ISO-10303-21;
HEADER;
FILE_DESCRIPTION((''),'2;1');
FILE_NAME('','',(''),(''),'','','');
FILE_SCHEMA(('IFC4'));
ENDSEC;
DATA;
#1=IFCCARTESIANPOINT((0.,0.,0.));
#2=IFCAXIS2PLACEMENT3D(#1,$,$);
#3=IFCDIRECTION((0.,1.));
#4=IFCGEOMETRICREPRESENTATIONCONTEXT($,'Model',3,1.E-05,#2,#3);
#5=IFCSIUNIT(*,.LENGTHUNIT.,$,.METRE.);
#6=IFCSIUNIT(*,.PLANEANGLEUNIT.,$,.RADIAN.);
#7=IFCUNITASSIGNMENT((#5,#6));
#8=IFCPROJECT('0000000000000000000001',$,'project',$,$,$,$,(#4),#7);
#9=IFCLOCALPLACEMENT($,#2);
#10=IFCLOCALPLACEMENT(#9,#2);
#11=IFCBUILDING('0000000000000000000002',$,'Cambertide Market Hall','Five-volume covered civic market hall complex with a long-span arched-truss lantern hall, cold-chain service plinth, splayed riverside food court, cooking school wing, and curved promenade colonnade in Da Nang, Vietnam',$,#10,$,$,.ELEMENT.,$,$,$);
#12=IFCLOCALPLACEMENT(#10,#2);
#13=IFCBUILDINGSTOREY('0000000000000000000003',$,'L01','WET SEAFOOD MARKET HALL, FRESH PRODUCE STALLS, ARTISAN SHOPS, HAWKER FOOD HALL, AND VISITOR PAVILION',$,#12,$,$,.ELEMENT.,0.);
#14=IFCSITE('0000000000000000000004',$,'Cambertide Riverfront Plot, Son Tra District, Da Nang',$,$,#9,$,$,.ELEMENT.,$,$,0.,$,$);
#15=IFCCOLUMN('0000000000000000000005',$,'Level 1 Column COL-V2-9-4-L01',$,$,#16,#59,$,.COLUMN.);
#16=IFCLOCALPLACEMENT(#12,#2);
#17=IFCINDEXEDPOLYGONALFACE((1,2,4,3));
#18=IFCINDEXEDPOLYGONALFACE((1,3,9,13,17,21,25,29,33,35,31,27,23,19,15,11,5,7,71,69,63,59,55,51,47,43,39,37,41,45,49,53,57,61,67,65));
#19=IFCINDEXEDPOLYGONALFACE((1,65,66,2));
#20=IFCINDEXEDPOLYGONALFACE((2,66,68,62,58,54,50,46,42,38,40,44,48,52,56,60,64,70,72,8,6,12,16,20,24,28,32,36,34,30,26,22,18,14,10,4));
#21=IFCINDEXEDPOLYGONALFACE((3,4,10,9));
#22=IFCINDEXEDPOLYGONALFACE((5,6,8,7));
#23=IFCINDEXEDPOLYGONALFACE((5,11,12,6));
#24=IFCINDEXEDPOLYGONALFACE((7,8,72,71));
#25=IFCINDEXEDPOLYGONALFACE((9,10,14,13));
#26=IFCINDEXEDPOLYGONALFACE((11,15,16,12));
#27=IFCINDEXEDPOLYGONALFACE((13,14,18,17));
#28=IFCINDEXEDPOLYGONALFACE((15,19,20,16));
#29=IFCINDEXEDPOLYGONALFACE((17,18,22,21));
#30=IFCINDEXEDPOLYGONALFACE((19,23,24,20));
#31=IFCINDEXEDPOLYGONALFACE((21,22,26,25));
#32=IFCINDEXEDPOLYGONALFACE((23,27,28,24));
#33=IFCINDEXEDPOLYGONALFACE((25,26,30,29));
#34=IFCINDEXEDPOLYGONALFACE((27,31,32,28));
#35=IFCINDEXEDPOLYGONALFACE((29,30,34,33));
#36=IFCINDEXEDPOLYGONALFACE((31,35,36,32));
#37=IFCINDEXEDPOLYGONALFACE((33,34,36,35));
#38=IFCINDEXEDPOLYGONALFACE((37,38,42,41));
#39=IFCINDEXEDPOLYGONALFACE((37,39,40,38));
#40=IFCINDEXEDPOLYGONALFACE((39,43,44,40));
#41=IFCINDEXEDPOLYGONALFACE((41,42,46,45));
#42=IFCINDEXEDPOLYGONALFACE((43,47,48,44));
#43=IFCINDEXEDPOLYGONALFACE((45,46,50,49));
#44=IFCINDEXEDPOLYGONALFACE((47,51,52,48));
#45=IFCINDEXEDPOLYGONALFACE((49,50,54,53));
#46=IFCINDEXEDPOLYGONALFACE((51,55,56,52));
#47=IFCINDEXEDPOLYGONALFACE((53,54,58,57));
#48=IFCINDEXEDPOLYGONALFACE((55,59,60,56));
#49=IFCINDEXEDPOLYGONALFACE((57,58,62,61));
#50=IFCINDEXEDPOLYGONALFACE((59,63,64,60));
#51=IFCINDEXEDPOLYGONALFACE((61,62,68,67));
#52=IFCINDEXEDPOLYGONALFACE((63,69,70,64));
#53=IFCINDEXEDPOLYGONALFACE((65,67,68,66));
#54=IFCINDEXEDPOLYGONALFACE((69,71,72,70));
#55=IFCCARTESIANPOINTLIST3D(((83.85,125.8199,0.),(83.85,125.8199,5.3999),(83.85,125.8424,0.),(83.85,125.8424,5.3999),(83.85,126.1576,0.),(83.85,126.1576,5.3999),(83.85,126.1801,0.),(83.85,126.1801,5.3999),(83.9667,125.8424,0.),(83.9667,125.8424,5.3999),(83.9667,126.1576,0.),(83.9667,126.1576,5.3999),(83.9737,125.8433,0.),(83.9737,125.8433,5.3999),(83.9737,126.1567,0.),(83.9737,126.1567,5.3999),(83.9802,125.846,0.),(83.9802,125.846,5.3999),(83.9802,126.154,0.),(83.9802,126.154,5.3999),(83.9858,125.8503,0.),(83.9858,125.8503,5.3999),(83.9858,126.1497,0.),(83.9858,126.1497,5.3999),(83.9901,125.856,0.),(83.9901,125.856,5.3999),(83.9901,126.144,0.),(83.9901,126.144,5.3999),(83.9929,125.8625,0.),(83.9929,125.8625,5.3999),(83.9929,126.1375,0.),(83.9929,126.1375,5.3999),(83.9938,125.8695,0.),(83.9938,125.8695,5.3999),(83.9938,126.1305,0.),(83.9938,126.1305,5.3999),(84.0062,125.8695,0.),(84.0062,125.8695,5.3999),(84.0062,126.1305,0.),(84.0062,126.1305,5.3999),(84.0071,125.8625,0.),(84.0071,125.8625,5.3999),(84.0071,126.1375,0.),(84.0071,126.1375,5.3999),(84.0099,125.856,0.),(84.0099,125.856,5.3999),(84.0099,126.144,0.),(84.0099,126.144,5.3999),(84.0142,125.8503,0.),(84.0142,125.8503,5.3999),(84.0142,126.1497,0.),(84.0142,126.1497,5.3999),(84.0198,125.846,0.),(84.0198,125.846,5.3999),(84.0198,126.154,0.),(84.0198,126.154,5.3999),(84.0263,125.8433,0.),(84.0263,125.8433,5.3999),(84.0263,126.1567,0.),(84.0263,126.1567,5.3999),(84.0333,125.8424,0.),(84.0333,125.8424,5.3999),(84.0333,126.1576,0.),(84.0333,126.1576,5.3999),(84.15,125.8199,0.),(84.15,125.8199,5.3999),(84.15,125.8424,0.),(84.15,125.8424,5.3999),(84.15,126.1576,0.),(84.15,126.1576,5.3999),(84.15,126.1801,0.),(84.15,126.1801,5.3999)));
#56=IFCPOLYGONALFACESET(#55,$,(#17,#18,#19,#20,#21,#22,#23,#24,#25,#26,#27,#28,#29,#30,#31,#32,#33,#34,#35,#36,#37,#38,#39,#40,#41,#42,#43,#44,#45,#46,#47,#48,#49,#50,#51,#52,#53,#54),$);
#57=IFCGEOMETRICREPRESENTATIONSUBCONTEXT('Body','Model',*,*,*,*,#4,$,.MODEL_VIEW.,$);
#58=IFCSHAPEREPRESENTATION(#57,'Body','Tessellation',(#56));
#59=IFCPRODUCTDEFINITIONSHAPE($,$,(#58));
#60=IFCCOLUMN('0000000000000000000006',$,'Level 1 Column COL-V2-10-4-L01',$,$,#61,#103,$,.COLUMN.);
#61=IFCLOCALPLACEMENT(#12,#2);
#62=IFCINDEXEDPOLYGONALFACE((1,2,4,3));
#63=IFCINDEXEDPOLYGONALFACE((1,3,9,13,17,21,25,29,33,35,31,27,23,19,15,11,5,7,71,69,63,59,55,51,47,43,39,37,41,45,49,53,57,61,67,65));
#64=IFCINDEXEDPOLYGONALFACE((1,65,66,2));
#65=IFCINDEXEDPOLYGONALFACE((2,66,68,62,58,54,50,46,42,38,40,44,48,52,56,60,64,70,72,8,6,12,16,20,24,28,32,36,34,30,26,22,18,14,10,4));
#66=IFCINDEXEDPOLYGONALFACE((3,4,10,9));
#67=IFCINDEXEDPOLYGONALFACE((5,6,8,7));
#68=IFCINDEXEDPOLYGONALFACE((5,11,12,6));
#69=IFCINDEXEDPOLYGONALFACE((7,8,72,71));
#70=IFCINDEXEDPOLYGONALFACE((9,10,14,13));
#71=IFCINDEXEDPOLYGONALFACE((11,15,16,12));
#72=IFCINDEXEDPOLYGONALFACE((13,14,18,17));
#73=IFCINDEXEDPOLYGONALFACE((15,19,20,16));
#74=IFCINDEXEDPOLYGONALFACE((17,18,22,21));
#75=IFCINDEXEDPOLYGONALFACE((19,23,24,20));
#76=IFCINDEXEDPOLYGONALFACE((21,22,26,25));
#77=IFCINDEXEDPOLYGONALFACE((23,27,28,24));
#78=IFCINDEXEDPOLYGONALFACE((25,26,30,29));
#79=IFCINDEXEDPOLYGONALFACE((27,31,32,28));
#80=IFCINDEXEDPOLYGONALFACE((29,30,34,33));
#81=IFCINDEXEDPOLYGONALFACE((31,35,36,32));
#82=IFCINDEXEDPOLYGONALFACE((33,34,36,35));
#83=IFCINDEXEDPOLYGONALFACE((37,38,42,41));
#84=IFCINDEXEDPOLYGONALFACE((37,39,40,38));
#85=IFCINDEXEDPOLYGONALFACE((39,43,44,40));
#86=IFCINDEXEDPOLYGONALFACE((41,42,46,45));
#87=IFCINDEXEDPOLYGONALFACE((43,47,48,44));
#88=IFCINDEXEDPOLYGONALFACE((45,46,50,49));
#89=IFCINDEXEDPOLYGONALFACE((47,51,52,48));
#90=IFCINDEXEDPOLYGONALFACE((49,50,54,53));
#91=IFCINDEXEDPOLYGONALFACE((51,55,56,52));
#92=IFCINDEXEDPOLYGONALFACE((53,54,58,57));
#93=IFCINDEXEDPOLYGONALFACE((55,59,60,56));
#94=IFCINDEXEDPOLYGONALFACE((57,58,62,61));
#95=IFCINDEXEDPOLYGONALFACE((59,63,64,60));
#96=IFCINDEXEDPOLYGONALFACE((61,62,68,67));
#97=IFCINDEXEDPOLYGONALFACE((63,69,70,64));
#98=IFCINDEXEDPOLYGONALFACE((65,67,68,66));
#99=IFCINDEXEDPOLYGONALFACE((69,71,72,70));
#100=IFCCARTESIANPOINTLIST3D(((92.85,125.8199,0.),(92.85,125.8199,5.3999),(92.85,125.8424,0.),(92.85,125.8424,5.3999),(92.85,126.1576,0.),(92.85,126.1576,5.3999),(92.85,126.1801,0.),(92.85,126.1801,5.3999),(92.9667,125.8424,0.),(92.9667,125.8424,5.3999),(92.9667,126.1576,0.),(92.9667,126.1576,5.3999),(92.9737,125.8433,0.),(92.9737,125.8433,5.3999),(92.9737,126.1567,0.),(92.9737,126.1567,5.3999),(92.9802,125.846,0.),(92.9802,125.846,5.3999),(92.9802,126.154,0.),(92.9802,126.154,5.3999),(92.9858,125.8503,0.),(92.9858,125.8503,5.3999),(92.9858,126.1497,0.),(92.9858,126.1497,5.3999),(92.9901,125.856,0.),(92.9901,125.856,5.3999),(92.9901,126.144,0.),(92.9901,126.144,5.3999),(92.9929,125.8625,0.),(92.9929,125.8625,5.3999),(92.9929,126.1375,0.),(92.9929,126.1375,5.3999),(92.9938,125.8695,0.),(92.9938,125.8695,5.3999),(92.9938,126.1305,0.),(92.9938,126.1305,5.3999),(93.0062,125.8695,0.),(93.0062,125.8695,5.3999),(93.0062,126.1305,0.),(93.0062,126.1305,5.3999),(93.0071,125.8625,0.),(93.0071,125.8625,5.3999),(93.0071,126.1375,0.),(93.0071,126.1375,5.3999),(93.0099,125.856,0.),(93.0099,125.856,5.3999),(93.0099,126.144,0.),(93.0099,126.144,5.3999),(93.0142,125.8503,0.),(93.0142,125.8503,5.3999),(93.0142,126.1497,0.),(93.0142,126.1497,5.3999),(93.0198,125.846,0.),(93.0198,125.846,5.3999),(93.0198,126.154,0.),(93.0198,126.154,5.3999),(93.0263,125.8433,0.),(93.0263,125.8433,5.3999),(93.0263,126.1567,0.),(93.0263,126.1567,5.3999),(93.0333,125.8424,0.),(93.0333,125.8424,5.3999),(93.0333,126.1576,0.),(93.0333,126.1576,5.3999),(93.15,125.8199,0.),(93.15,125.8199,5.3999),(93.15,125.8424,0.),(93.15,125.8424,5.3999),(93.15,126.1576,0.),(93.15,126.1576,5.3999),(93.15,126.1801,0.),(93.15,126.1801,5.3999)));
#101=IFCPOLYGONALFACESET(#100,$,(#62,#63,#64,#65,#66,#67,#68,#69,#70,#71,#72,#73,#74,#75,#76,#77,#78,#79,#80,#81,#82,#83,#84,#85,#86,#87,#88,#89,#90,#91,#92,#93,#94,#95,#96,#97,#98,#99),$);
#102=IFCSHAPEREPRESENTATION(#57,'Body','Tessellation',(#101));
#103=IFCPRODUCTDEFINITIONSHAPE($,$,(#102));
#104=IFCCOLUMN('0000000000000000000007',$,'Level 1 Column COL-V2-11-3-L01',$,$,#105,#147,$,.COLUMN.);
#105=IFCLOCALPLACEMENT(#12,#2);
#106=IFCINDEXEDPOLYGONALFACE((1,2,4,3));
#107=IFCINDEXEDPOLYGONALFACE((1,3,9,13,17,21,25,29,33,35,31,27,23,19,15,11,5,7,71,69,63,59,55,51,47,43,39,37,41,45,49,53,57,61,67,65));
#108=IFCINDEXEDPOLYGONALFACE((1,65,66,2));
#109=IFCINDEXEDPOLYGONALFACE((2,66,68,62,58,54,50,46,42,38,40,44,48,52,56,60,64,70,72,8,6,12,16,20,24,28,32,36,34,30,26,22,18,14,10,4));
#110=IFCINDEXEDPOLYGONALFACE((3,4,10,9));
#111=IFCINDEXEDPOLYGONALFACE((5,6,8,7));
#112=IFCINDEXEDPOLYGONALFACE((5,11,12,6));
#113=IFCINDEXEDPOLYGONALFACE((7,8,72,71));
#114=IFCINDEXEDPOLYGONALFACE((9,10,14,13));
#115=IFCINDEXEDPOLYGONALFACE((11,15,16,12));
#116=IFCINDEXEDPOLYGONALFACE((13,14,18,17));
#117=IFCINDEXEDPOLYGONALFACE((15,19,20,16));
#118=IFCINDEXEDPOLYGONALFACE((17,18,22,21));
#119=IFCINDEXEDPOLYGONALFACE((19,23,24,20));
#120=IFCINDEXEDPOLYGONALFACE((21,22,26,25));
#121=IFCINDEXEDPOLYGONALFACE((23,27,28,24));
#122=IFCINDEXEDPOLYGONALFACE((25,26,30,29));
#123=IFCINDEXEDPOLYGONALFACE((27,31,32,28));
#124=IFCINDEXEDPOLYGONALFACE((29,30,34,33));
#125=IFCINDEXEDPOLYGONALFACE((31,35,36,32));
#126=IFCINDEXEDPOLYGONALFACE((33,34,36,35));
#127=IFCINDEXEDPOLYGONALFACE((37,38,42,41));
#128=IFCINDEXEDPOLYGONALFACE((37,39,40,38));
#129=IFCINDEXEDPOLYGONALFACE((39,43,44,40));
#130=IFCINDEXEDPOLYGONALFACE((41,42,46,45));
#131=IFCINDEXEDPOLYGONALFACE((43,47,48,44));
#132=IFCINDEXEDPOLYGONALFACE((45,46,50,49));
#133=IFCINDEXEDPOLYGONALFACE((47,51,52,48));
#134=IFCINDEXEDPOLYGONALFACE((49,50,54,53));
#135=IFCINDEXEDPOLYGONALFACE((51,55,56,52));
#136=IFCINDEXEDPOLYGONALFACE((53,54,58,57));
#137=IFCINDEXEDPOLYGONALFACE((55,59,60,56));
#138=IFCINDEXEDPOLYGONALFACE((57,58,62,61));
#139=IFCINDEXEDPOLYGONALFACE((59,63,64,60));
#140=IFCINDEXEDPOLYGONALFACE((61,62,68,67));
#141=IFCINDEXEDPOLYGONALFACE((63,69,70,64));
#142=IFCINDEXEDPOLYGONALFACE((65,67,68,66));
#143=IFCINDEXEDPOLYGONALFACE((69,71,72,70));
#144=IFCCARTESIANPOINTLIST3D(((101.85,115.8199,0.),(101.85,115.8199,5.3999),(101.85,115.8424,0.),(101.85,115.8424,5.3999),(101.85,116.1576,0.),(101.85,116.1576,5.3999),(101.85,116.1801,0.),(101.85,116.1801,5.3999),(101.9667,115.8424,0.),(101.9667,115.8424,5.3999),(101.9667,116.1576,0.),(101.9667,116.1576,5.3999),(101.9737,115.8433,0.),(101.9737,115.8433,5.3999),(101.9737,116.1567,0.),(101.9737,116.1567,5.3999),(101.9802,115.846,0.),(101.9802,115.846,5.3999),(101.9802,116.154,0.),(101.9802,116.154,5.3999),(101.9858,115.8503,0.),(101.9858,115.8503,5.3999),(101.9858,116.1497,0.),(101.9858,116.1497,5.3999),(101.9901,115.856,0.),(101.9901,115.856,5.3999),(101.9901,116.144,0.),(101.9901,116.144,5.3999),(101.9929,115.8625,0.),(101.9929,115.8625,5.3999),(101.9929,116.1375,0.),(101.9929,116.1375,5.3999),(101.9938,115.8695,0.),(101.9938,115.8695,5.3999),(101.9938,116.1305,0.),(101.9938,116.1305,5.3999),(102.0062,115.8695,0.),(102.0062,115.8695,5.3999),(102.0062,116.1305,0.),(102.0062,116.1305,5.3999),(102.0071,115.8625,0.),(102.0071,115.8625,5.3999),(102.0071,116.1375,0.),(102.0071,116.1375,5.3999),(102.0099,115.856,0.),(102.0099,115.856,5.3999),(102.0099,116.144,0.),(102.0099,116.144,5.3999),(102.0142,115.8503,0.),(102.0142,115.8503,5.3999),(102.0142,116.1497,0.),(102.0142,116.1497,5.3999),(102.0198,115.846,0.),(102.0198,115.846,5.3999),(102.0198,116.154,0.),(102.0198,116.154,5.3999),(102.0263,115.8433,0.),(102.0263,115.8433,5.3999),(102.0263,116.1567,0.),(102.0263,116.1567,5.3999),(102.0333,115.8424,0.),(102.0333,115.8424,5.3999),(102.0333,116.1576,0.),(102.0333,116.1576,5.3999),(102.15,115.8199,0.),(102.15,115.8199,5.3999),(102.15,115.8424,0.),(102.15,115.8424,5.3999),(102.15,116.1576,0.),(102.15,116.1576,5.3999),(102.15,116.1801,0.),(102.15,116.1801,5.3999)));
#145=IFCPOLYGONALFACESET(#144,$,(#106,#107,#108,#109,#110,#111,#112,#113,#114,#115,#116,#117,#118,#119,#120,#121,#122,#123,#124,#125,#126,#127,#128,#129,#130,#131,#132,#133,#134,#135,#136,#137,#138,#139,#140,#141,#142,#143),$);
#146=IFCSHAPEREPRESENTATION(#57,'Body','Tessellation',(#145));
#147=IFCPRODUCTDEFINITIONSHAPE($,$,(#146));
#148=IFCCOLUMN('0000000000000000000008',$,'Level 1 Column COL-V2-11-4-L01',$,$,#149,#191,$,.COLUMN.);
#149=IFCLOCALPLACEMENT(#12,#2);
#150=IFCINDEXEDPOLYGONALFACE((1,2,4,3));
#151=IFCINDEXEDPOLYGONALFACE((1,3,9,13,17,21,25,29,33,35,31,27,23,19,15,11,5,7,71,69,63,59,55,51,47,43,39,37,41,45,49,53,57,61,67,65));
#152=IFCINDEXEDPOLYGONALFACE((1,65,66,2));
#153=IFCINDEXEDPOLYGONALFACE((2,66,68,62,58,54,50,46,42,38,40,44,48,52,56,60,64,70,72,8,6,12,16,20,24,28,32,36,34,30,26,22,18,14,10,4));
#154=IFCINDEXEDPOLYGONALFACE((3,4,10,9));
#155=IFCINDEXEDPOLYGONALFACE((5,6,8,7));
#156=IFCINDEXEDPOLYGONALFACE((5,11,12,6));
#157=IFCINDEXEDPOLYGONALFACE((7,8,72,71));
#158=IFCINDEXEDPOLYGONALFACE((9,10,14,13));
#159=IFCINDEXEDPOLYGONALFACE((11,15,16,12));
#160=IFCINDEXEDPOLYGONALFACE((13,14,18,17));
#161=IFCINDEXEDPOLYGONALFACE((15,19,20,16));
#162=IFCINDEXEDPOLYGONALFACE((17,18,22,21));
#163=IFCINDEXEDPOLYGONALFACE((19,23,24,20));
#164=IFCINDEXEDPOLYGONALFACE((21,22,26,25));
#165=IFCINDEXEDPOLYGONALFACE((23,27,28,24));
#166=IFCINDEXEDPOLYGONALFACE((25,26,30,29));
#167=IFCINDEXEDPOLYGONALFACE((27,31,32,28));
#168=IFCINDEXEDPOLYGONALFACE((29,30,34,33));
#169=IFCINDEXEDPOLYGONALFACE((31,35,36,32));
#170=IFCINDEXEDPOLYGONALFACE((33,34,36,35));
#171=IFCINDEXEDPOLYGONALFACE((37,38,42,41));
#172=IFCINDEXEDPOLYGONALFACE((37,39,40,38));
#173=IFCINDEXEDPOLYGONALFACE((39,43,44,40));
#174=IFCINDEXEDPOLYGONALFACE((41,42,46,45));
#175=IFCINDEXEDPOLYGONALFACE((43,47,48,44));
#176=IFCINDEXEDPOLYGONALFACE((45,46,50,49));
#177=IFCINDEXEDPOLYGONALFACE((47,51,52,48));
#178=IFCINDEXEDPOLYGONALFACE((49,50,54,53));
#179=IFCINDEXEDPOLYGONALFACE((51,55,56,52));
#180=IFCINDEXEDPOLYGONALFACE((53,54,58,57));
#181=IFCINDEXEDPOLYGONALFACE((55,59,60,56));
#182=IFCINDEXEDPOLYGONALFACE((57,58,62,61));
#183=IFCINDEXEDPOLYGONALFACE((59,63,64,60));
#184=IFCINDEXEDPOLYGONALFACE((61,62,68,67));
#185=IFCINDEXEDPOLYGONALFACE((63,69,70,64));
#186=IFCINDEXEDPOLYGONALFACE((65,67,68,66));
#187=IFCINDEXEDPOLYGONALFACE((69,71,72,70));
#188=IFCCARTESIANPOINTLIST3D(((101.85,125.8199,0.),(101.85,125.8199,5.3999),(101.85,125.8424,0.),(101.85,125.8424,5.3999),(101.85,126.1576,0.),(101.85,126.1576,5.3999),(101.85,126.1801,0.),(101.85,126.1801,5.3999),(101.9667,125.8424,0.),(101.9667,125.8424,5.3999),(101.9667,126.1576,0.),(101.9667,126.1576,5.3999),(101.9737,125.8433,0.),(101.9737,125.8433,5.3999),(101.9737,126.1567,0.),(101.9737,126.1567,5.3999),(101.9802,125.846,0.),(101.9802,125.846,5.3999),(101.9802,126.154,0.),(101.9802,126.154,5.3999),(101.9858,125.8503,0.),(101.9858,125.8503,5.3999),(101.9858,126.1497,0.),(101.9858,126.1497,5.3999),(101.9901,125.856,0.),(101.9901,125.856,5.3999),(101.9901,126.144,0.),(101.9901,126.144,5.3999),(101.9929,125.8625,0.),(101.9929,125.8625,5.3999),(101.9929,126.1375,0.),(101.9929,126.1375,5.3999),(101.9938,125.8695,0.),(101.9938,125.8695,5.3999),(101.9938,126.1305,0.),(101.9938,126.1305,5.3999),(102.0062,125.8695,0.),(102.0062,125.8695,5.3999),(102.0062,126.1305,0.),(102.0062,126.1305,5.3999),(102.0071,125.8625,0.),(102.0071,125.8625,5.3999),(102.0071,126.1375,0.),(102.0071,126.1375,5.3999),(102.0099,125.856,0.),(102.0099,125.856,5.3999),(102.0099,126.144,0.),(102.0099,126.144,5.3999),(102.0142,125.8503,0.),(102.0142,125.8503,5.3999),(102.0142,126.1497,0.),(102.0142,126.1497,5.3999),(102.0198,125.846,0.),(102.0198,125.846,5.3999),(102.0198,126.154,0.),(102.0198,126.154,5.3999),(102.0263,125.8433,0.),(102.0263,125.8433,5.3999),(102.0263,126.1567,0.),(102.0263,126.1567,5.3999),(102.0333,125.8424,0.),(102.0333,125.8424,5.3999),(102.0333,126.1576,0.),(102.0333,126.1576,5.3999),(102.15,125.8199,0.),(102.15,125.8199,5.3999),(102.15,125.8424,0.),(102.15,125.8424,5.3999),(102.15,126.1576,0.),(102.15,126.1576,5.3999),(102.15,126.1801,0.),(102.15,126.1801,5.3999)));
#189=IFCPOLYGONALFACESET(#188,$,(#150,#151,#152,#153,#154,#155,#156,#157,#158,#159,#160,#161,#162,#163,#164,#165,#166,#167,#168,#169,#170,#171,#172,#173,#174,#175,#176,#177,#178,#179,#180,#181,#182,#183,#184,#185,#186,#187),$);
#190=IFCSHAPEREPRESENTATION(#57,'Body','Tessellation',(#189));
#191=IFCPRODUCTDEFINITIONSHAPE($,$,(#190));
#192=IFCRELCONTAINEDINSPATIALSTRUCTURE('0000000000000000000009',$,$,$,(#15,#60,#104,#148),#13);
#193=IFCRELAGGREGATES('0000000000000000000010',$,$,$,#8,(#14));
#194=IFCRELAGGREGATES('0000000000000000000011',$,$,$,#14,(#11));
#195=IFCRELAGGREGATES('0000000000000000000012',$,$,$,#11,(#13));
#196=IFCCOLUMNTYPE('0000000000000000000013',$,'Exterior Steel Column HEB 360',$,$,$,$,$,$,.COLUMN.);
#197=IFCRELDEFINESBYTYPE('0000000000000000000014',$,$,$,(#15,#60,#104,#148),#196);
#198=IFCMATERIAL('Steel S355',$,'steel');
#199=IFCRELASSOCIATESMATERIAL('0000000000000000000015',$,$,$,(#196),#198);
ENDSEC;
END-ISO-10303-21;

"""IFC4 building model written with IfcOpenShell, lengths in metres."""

from ifc_helpers import new_model, si_unit, direction, frame, origin, origin_2d, place, context, subcontext, project, spatial, i_section, extrude, material, material_profile, profile_set, type_object, element, save


model = new_model("IFC4")

# Units and contexts
model_context = context("Model", 3, precision=1e-05, world=origin(), true_north=direction((0.0, 1.0)))
body_context = subcontext(model_context, "Body", "Model", "MODEL_VIEW")
ifc_project = project(units=[si_unit("LENGTHUNIT", "METRE"), si_unit("PLANEANGLEUNIT", "RADIAN")], contexts=[model_context])

# Site, building, storey
site_placement = place(None, origin())
site = spatial("IfcSite", under=ifc_project, at=site_placement, Name="Cambertide Riverfront Plot, Son Tra District, Da Nang", CompositionType="ELEMENT", RefElevation=0.0)
building_placement = place(site_placement, origin())
building = spatial("IfcBuilding", under=site, at=building_placement, Name="Cambertide Market Hall", Description="Five-volume covered civic market hall complex with a long-span arched-truss lantern hall, cold-chain service plinth, splayed riverside food court, cooking school wing, and curved promenade colonnade in Da Nang, Vietnam", CompositionType="ELEMENT")
storey_placement = place(building_placement, origin())
storey = spatial("IfcBuildingStorey", under=building, at=storey_placement, Name="L01", Description="WET SEAFOOD MARKET HALL, FRESH PRODUCE STALLS, ARTISAN SHOPS, HAWKER FOOD HALL, AND VISITOR PAVILION", CompositionType="ELEMENT", Elevation=0.0)

# Columns
ifc_material_1 = material(Name="Steel S355", Category="steel")
ifc_material_profile_1 = material_profile(ifc_material_1, i_section(OverallWidth=0.3, OverallDepth=0.3601, WebThickness=0.0125, FlangeThickness=0.0225, FilletRadius=0.0271, at=origin_2d()), Name="HEB 360")
ifc_profile_set_1 = profile_set([ifc_material_profile_1], Name="Steel S355")
column_type_1 = type_object("IfcColumnType", Name="Exterior Steel Column HEB 360", PredefinedType="COLUMN", material=ifc_profile_set_1)
for number, where, z_axis, x_axis, name in (
    (1, (84.0, 126.0, 0.0), (0.0, 0.0, 1.0), (1.0, 0.0, 0.0), "Level 1 Column COL-V2-9-4-L01"),
    (2, (93.0, 126.0, 0.0), (0.0, 0.0, 1.0), (1.0, 0.0, 0.0), "Level 1 Column COL-V2-10-4-L01"),
    (3, (102.0, 116.0, 0.0), (0.0, 0.0, 1.0), (1.0, 0.0, 0.0), "Level 1 Column COL-V2-11-3-L01"),
    (4, (102.0, 126.0, 0.0), (0.0, 0.0, 1.0), (1.0, 0.0, 0.0), "Level 1 Column COL-V2-11-4-L01"),
):
    element("IfcColumn", number, at=place(storey_placement, frame(where, z_axis=z_axis, x_axis=x_axis)), inside=storey, type_object=column_type_1, Name=name, PredefinedType="COLUMN", context=body_context, shape_type="SweptSolid", body=[
        extrude(i_section(OverallWidth=0.3, OverallDepth=0.3601, WebThickness=0.0125, FlangeThickness=0.0225, FilletRadius=0.0271, at=origin_2d()), origin(), (0.0, 0.0, 1.0), 5.3999),
    ])

save(model, "model.ifc")
